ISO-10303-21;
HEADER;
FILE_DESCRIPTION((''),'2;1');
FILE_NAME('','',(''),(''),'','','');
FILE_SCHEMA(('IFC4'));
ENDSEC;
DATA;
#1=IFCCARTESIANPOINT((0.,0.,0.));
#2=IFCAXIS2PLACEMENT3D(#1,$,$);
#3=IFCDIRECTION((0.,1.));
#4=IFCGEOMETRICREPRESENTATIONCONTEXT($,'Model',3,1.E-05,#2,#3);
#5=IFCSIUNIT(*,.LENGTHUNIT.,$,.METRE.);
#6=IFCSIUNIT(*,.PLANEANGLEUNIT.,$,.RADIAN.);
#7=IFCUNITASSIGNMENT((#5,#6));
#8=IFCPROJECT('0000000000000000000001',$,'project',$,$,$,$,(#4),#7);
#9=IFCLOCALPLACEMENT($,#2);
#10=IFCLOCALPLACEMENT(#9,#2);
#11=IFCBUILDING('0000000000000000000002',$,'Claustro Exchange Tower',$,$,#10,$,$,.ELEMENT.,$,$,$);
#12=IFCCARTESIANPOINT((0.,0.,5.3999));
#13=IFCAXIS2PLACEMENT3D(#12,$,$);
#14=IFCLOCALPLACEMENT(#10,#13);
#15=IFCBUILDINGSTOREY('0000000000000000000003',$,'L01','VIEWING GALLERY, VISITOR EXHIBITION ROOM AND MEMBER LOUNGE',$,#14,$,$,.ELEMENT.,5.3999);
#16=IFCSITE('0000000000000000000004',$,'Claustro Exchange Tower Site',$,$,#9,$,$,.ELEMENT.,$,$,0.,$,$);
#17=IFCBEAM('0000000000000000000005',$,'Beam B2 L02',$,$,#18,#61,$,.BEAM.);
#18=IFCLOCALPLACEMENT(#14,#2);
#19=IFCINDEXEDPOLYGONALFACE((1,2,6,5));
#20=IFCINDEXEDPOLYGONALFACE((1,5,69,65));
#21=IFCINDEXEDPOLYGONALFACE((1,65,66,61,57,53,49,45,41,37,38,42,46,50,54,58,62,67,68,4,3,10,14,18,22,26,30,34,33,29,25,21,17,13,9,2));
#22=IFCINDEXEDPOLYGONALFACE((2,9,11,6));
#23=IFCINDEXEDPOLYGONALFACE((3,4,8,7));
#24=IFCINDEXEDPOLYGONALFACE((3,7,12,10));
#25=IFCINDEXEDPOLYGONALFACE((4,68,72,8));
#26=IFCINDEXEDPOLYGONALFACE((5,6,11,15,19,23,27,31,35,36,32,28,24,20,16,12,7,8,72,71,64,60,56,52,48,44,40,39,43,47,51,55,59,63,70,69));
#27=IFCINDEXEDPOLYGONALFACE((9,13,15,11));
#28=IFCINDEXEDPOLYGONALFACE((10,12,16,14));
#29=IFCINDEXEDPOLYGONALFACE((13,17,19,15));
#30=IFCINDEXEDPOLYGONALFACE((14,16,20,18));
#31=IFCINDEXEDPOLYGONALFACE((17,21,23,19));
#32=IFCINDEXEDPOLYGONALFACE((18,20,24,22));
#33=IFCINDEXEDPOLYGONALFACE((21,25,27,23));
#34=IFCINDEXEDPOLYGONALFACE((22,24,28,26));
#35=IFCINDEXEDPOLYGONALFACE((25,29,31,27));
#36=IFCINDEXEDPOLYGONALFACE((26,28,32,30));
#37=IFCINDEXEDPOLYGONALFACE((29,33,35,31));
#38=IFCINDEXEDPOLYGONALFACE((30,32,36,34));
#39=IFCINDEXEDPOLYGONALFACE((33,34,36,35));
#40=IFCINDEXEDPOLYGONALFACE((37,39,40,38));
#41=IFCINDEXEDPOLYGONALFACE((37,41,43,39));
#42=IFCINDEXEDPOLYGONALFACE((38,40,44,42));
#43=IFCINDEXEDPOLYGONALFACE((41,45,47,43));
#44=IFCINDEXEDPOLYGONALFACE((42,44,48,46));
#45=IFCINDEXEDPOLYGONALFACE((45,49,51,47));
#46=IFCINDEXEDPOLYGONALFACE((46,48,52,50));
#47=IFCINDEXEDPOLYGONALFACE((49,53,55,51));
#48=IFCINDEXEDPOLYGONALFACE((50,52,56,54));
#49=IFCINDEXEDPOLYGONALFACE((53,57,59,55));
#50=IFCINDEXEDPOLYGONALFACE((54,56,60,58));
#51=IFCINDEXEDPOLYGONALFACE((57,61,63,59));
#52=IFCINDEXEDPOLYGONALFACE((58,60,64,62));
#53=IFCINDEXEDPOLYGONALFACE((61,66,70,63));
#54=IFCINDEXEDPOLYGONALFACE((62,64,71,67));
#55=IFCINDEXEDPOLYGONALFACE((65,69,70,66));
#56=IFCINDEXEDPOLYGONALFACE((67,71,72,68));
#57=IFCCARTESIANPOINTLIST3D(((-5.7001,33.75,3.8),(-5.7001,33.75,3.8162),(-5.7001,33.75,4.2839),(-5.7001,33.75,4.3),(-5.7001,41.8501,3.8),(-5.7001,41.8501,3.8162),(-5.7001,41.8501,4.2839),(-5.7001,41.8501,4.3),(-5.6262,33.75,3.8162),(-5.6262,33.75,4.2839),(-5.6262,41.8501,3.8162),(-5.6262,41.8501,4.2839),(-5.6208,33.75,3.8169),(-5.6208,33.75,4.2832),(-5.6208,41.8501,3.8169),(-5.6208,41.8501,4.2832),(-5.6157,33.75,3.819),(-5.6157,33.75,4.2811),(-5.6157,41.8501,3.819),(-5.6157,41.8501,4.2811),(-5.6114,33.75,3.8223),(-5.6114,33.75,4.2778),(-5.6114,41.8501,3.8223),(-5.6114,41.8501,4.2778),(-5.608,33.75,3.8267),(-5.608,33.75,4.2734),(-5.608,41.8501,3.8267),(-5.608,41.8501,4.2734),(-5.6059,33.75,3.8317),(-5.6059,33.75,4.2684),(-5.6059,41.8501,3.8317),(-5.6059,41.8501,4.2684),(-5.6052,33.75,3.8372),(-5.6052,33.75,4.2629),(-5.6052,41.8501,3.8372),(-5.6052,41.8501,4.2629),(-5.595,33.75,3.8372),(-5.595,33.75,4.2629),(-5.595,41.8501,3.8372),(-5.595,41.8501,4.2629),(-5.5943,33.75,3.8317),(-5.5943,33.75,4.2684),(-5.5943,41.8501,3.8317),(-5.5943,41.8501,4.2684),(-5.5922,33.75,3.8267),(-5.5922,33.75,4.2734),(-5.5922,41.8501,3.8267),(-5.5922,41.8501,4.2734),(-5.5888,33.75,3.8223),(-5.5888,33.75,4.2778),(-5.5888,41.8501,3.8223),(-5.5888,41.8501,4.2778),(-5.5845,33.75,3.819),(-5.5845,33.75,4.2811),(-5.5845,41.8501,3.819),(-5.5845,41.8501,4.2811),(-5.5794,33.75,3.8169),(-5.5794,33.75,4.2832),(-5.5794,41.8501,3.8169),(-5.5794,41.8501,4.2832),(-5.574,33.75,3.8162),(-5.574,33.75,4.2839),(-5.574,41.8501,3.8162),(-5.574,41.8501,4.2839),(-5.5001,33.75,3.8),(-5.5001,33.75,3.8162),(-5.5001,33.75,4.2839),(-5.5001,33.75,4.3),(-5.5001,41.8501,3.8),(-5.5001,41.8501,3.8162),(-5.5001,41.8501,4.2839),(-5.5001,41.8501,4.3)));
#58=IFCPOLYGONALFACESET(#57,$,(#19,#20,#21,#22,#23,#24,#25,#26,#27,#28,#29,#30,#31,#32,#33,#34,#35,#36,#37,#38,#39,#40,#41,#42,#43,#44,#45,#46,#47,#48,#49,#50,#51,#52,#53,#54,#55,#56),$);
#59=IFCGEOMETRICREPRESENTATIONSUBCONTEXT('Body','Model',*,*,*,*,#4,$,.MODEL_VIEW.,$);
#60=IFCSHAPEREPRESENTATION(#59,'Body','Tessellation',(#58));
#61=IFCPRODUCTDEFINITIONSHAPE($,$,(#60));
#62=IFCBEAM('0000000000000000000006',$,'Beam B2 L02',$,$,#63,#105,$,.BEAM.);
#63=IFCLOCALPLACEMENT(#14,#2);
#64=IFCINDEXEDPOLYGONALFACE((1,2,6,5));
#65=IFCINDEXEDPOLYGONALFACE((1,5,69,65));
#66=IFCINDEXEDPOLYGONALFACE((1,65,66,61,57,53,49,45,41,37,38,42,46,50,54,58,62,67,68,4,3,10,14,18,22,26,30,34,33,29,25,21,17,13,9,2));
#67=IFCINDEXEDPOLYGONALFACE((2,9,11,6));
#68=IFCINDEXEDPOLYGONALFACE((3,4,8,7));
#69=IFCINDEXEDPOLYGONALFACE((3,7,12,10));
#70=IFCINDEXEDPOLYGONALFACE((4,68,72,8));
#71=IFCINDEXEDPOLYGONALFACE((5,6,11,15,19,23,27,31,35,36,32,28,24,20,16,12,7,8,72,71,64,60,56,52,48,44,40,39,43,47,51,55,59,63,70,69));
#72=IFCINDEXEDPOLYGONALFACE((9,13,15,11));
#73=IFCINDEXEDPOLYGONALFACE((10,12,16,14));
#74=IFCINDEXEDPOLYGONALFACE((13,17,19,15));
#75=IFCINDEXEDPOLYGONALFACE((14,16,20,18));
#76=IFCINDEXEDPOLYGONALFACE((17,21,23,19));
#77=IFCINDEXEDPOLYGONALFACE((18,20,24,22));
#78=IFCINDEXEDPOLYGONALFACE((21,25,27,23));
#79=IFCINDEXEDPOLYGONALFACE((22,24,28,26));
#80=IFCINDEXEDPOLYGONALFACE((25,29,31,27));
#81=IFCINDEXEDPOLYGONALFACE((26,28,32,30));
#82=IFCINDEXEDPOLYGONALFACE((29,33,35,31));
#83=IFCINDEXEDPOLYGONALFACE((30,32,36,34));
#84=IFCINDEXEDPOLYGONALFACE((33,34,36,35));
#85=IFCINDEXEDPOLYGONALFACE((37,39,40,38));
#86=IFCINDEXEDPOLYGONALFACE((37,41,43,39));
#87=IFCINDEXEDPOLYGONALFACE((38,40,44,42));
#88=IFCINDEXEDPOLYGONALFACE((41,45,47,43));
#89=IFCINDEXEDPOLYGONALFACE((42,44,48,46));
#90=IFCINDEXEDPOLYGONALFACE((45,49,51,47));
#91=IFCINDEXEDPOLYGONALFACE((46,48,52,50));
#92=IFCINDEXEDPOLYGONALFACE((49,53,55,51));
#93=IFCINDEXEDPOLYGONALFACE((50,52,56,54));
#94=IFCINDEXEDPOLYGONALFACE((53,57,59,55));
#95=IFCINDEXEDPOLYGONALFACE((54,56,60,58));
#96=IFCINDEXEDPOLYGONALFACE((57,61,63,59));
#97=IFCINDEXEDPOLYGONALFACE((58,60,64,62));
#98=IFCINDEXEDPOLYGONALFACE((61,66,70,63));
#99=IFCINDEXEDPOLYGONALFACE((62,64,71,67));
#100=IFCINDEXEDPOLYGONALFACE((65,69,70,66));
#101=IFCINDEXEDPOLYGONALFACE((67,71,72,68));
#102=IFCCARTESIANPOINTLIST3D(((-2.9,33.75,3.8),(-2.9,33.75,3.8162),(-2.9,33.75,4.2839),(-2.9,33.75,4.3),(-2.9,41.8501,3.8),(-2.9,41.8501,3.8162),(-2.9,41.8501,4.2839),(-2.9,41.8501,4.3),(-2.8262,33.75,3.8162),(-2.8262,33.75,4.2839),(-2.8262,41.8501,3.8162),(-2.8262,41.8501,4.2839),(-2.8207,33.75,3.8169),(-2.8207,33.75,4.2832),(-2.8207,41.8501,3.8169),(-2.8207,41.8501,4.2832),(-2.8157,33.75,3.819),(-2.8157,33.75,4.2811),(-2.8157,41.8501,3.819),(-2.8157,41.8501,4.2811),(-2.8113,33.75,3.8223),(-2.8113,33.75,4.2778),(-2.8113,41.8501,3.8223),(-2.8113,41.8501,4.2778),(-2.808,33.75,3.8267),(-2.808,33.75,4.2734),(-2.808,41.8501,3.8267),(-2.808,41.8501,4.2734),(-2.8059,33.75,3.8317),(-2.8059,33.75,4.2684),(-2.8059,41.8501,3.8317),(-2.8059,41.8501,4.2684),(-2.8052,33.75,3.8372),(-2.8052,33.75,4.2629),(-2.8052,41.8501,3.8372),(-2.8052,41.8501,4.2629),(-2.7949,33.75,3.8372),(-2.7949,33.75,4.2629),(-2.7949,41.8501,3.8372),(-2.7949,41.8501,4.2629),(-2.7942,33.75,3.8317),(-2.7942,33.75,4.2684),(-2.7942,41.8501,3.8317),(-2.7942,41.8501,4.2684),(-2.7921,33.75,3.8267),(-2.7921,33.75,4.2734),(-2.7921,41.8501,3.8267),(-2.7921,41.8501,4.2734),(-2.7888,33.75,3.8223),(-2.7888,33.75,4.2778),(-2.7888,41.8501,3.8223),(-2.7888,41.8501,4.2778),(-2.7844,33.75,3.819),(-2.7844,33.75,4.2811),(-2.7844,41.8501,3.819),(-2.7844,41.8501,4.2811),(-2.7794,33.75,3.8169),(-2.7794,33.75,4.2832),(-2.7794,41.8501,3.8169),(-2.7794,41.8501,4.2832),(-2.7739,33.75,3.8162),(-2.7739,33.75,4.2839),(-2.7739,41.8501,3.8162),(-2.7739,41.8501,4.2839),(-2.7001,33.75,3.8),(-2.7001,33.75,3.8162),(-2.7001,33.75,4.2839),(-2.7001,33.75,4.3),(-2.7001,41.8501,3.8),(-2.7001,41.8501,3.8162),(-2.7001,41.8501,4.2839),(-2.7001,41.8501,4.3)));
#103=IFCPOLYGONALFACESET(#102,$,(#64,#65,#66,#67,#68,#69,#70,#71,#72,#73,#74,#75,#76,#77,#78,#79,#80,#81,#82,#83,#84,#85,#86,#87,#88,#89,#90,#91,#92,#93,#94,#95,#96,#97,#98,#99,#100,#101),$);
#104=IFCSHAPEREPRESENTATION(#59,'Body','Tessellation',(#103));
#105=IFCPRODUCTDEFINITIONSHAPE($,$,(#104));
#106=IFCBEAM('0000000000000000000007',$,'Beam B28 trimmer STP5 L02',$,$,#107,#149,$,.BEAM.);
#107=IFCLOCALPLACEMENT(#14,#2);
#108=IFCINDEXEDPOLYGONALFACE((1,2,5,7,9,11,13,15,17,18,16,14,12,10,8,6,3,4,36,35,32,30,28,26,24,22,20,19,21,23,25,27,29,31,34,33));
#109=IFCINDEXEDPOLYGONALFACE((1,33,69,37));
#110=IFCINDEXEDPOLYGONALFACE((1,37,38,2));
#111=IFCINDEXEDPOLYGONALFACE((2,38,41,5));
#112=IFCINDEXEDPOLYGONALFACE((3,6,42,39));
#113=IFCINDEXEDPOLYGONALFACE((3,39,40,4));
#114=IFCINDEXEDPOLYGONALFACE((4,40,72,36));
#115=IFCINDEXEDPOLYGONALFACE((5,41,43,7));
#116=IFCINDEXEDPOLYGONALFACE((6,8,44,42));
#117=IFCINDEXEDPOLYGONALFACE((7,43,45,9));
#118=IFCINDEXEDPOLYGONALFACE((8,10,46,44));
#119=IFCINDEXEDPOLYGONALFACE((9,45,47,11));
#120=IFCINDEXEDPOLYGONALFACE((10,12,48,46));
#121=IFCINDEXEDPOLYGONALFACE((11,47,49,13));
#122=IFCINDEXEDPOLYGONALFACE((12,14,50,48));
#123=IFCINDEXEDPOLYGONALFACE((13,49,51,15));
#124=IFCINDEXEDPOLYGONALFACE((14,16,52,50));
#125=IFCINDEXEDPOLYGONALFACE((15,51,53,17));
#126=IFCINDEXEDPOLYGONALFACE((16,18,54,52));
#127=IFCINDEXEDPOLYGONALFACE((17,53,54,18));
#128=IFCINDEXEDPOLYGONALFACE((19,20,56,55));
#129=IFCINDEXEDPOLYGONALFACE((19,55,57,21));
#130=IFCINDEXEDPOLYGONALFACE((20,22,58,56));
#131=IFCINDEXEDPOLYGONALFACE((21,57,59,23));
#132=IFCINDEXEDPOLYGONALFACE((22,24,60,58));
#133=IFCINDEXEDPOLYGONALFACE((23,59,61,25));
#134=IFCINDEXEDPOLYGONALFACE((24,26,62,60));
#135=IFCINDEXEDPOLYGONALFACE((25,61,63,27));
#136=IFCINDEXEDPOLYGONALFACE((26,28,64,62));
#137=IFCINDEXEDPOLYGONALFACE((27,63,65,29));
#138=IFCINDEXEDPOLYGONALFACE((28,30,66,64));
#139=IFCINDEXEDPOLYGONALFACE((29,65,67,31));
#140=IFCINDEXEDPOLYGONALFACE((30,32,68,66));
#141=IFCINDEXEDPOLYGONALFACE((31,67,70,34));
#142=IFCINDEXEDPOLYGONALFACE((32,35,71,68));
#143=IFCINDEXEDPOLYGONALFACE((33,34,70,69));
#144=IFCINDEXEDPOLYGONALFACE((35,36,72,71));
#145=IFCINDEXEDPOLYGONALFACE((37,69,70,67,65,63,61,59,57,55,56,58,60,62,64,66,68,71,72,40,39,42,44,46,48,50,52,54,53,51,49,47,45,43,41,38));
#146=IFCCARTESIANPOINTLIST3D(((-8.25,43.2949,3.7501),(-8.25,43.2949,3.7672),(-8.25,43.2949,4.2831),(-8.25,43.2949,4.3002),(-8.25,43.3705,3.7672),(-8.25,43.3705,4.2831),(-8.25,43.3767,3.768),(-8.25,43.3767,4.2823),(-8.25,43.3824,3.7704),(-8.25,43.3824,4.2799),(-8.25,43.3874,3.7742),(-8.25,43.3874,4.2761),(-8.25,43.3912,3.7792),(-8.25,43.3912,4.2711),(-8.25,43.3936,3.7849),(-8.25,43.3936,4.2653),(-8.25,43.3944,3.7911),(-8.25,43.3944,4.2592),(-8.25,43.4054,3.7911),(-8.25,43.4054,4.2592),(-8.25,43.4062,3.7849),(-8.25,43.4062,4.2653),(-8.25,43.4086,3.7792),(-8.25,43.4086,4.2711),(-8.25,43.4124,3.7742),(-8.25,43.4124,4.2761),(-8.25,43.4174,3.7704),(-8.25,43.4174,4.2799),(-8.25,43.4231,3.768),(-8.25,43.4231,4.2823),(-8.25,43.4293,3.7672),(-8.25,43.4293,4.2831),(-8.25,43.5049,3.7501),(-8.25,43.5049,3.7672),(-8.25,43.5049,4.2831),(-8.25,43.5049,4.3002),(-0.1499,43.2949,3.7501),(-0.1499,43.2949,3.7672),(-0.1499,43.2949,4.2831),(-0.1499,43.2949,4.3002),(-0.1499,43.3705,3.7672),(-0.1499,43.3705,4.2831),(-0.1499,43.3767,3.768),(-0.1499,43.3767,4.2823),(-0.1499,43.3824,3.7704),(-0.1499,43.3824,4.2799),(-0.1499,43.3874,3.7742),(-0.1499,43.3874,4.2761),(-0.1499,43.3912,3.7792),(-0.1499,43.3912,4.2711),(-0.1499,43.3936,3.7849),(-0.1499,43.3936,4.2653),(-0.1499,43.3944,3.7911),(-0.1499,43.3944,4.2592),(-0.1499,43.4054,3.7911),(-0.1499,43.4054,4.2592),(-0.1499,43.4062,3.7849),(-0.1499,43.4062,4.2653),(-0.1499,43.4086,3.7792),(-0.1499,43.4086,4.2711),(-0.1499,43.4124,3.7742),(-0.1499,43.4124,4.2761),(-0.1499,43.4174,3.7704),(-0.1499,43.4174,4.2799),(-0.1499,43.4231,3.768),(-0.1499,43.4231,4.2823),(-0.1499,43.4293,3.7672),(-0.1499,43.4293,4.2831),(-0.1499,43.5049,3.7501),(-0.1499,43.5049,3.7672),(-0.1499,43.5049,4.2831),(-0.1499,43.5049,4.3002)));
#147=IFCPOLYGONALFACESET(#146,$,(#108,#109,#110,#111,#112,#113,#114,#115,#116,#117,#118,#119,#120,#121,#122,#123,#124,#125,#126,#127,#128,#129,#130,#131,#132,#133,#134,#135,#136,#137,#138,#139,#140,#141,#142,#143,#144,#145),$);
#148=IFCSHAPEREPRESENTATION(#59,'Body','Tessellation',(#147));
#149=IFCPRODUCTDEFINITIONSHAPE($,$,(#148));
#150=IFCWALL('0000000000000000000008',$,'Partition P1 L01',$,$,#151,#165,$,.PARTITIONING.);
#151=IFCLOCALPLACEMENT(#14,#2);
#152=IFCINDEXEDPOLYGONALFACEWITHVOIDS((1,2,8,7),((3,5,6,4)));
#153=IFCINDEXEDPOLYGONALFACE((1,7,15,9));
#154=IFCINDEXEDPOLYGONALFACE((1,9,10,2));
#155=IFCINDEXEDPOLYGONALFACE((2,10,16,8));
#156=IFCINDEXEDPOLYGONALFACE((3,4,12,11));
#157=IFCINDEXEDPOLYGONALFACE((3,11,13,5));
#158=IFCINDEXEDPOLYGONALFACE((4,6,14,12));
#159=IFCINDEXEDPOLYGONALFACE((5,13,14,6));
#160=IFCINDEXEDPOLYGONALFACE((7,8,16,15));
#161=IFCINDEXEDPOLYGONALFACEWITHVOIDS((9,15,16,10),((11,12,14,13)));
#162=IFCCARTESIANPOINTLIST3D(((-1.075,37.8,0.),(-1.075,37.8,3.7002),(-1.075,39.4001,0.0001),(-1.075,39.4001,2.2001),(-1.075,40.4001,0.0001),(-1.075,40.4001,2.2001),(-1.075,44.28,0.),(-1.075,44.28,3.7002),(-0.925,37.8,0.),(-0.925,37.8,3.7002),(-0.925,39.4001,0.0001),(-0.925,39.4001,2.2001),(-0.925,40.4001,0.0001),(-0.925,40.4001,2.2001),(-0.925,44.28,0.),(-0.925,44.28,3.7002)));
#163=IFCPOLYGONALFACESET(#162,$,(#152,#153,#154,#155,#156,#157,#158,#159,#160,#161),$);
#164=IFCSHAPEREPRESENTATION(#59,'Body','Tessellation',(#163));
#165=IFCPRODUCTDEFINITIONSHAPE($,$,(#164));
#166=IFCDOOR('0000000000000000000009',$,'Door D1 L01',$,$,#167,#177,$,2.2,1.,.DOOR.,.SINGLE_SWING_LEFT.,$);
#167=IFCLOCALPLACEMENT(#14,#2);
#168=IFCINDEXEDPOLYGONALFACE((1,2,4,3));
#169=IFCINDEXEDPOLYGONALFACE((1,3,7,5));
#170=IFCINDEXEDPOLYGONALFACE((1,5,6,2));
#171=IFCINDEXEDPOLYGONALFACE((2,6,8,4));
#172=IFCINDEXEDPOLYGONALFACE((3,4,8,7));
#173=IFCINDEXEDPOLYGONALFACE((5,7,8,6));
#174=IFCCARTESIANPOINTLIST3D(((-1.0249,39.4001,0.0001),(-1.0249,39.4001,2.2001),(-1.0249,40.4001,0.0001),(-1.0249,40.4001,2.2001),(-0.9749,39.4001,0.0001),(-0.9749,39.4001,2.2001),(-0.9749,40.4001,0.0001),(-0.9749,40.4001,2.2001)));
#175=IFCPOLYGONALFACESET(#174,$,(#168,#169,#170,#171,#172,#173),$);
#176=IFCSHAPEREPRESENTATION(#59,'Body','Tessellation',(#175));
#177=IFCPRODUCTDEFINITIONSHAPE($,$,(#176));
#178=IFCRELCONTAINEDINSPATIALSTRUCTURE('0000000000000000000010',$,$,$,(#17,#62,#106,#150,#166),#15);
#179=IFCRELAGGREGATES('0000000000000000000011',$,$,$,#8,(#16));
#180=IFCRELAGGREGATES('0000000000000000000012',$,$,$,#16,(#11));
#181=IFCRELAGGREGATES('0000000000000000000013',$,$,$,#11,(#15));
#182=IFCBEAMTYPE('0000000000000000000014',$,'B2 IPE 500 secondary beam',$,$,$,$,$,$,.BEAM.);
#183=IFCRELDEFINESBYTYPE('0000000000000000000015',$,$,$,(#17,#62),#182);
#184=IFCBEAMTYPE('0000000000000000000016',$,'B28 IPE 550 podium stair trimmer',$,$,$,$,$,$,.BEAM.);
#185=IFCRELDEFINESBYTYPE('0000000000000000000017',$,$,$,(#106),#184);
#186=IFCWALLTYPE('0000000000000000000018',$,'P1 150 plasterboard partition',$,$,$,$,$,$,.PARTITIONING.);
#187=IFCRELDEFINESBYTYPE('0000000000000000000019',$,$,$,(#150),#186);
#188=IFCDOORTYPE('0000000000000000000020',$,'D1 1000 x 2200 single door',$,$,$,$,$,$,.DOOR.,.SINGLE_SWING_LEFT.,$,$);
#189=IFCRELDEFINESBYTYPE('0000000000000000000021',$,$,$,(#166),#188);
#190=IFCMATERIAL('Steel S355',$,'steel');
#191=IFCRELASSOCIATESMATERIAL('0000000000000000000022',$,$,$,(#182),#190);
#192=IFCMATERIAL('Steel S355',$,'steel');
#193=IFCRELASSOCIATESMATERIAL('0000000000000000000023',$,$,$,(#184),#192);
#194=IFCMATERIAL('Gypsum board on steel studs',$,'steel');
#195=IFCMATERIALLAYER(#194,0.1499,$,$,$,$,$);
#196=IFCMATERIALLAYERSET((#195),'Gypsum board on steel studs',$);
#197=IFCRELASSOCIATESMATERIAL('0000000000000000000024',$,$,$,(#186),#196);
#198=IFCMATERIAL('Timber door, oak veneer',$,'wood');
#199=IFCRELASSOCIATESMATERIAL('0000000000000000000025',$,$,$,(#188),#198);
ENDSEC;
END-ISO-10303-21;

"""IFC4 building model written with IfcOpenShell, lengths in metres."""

from ifc_helpers import new_model, si_unit, direction, frame, frame_2d, origin, origin_2d, place, context, subcontext, project, spatial, rectangle, i_section, extrude, material, layer, layer_set, material_profile, profile_set, type_object, element, fill, save


model = new_model("IFC4")

# Units and contexts
model_context = context("Model", 3, precision=1e-05, world=origin(), true_north=direction((0.0, 1.0)))
body_context = subcontext(model_context, "Body", "Model", "MODEL_VIEW")
ifc_project = project(units=[si_unit("LENGTHUNIT", "METRE"), si_unit("PLANEANGLEUNIT", "RADIAN")], contexts=[model_context])

# Site, building, storey
site_placement = place(None, origin())
site = spatial("IfcSite", under=ifc_project, at=site_placement, Name="Claustro Exchange Tower Site", CompositionType="ELEMENT", RefElevation=0.0)
building_placement = place(site_placement, origin())
building = spatial("IfcBuilding", under=site, at=building_placement, Name="Claustro Exchange Tower", CompositionType="ELEMENT")
storey_placement = place(building_placement, frame((0.0, 0.0, 5.3999)))
storey = spatial("IfcBuildingStorey", under=building, at=storey_placement, Name="L01", Description="VIEWING GALLERY, VISITOR EXHIBITION ROOM AND MEMBER LOUNGE", CompositionType="ELEMENT", Elevation=5.3999)

# Beams
ifc_material_1 = material(Name="Steel S355", Category="steel")
ifc_material_profile_1 = material_profile(ifc_material_1, i_section(OverallWidth=0.2, OverallDepth=0.5, WebThickness=0.0103, FlangeThickness=0.0161, FilletRadius=0.021, at=origin_2d()), Name="IPE 500")
ifc_profile_set_1 = profile_set([ifc_material_profile_1], Name="Steel S355")
beam_type_1 = type_object("IfcBeamType", Name="B2 IPE 500 secondary beam", PredefinedType="BEAM", material=ifc_profile_set_1)
for number, where, z_axis, x_axis, name in (
    (1, (-5.6001, 33.75, 4.05), (0.0, 1.0, 0.0), (-1.0, 0.0, 0.0), "Beam B2 L02"),
    (2, (-2.8, 33.75, 4.05), (0.0, 1.0, 0.0), (-1.0, 0.0, 0.0), "Beam B2 L02"),
):
    element("IfcBeam", number, at=place(storey_placement, frame(where, z_axis=z_axis, x_axis=x_axis)), inside=storey, type_object=beam_type_1, Name=name, PredefinedType="BEAM", context=body_context, shape_type="SweptSolid", body=[
        extrude(i_section(OverallWidth=0.2, OverallDepth=0.5, WebThickness=0.0103, FlangeThickness=0.0161, FilletRadius=0.021, at=origin_2d()), origin(), (0.0, 0.0, 1.0), 8.1001),
    ])
ifc_material_2 = material(Name="Steel S355", Category="steel")
ifc_material_profile_2 = material_profile(ifc_material_2, i_section(OverallWidth=0.21, OverallDepth=0.55, WebThickness=0.011, FlangeThickness=0.0171, FilletRadius=0.0239, at=origin_2d()), Name="IPE 550")
ifc_profile_set_2 = profile_set([ifc_material_profile_2], Name="Steel S355")
beam_type_2 = type_object("IfcBeamType", Name="B28 IPE 550 podium stair trimmer", PredefinedType="BEAM", material=ifc_profile_set_2)
beam_1_placement = place(storey_placement, frame((-8.25, 43.3999, 4.0251), z_axis=(1.0, 0.0, 0.0), x_axis=(0.0, 1.0, 0.0)))
element("IfcBeam", 3, at=beam_1_placement, inside=storey, type_object=beam_type_2, Name="Beam B28 trimmer STP5 L02", PredefinedType="BEAM", context=body_context, shape_type="SweptSolid", body=[
    extrude(i_section(OverallWidth=0.21, OverallDepth=0.55, WebThickness=0.011, FlangeThickness=0.0171, FilletRadius=0.0239, at=origin_2d()), origin(), (0.0, 0.0, 1.0), 8.1001),
])

# Wall, opening, door
ifc_material_3 = material(Name="Gypsum board on steel studs", Category="steel")
ifc_layer_1 = layer(ifc_material_3, 0.1499)
ifc_layer_set_1 = layer_set([ifc_layer_1], Name="Gypsum board on steel studs")
wall_type_1 = type_object("IfcWallType", Name="P1 150 plasterboard partition", PredefinedType="PARTITIONING", material=ifc_layer_set_1)
wall_1_placement = place(storey_placement, frame((-1.0, 37.8, 0.0), z_axis=(0.0, 0.0, 1.0), x_axis=(0.0, 1.0, 0.0)))
wall_1 = element("IfcWall", 4, at=wall_1_placement, inside=storey, type_object=wall_type_1, Name="Partition P1 L01", PredefinedType="PARTITIONING", context=body_context, shape_type="SweptSolid", body=[
    extrude(rectangle(XDim=6.48, YDim=0.1499, at=frame_2d((3.24, 0.0))), origin(), (0.0, 0.0, 1.0), 3.7002),
])
opening_1_placement = place(wall_1_placement, frame((1.6001, 0.0, 0.0)))
opening_1 = element("IfcOpeningElement", 5, at=opening_1_placement, cuts=wall_1, PredefinedType="OPENING", context=body_context, shape_type="SweptSolid", body=[
    extrude(rectangle(XDim=1.0, YDim=2.2, at=frame_2d((0.5, 1.1001))), frame((0.0, 0.085, 0.0), z_axis=(0.0, -1.0, 0.0), x_axis=(1.0, 0.0, 0.0)), (0.0, 0.0, 1.0), 0.1699),
])
ifc_material_4 = material(Name="Timber door, oak veneer", Category="wood")
door_type_1 = type_object("IfcDoorType", Name="D1 1000 x 2200 single door", OperationType="SINGLE_SWING_LEFT", PredefinedType="DOOR", material=ifc_material_4)
door_1_placement = place(opening_1_placement, origin())
door_1 = element("IfcDoor", 6, at=door_1_placement, inside=storey, type_object=door_type_1, Name="Door D1 L01", OperationType="SINGLE_SWING_LEFT", OverallHeight=2.2, OverallWidth=1.0, PredefinedType="DOOR", context=body_context, shape_type="SweptSolid", body=[
    extrude(rectangle(XDim=1.0, YDim=2.2, at=frame_2d((0.5, 1.1001))), frame((0.0, 0.0249, 0.0), z_axis=(0.0, -1.0, 0.0), x_axis=(1.0, 0.0, 0.0)), (0.0, 0.0, 1.0), 0.05),
])
fill(opening_1, door_1)

save(model, "model.ifc")
